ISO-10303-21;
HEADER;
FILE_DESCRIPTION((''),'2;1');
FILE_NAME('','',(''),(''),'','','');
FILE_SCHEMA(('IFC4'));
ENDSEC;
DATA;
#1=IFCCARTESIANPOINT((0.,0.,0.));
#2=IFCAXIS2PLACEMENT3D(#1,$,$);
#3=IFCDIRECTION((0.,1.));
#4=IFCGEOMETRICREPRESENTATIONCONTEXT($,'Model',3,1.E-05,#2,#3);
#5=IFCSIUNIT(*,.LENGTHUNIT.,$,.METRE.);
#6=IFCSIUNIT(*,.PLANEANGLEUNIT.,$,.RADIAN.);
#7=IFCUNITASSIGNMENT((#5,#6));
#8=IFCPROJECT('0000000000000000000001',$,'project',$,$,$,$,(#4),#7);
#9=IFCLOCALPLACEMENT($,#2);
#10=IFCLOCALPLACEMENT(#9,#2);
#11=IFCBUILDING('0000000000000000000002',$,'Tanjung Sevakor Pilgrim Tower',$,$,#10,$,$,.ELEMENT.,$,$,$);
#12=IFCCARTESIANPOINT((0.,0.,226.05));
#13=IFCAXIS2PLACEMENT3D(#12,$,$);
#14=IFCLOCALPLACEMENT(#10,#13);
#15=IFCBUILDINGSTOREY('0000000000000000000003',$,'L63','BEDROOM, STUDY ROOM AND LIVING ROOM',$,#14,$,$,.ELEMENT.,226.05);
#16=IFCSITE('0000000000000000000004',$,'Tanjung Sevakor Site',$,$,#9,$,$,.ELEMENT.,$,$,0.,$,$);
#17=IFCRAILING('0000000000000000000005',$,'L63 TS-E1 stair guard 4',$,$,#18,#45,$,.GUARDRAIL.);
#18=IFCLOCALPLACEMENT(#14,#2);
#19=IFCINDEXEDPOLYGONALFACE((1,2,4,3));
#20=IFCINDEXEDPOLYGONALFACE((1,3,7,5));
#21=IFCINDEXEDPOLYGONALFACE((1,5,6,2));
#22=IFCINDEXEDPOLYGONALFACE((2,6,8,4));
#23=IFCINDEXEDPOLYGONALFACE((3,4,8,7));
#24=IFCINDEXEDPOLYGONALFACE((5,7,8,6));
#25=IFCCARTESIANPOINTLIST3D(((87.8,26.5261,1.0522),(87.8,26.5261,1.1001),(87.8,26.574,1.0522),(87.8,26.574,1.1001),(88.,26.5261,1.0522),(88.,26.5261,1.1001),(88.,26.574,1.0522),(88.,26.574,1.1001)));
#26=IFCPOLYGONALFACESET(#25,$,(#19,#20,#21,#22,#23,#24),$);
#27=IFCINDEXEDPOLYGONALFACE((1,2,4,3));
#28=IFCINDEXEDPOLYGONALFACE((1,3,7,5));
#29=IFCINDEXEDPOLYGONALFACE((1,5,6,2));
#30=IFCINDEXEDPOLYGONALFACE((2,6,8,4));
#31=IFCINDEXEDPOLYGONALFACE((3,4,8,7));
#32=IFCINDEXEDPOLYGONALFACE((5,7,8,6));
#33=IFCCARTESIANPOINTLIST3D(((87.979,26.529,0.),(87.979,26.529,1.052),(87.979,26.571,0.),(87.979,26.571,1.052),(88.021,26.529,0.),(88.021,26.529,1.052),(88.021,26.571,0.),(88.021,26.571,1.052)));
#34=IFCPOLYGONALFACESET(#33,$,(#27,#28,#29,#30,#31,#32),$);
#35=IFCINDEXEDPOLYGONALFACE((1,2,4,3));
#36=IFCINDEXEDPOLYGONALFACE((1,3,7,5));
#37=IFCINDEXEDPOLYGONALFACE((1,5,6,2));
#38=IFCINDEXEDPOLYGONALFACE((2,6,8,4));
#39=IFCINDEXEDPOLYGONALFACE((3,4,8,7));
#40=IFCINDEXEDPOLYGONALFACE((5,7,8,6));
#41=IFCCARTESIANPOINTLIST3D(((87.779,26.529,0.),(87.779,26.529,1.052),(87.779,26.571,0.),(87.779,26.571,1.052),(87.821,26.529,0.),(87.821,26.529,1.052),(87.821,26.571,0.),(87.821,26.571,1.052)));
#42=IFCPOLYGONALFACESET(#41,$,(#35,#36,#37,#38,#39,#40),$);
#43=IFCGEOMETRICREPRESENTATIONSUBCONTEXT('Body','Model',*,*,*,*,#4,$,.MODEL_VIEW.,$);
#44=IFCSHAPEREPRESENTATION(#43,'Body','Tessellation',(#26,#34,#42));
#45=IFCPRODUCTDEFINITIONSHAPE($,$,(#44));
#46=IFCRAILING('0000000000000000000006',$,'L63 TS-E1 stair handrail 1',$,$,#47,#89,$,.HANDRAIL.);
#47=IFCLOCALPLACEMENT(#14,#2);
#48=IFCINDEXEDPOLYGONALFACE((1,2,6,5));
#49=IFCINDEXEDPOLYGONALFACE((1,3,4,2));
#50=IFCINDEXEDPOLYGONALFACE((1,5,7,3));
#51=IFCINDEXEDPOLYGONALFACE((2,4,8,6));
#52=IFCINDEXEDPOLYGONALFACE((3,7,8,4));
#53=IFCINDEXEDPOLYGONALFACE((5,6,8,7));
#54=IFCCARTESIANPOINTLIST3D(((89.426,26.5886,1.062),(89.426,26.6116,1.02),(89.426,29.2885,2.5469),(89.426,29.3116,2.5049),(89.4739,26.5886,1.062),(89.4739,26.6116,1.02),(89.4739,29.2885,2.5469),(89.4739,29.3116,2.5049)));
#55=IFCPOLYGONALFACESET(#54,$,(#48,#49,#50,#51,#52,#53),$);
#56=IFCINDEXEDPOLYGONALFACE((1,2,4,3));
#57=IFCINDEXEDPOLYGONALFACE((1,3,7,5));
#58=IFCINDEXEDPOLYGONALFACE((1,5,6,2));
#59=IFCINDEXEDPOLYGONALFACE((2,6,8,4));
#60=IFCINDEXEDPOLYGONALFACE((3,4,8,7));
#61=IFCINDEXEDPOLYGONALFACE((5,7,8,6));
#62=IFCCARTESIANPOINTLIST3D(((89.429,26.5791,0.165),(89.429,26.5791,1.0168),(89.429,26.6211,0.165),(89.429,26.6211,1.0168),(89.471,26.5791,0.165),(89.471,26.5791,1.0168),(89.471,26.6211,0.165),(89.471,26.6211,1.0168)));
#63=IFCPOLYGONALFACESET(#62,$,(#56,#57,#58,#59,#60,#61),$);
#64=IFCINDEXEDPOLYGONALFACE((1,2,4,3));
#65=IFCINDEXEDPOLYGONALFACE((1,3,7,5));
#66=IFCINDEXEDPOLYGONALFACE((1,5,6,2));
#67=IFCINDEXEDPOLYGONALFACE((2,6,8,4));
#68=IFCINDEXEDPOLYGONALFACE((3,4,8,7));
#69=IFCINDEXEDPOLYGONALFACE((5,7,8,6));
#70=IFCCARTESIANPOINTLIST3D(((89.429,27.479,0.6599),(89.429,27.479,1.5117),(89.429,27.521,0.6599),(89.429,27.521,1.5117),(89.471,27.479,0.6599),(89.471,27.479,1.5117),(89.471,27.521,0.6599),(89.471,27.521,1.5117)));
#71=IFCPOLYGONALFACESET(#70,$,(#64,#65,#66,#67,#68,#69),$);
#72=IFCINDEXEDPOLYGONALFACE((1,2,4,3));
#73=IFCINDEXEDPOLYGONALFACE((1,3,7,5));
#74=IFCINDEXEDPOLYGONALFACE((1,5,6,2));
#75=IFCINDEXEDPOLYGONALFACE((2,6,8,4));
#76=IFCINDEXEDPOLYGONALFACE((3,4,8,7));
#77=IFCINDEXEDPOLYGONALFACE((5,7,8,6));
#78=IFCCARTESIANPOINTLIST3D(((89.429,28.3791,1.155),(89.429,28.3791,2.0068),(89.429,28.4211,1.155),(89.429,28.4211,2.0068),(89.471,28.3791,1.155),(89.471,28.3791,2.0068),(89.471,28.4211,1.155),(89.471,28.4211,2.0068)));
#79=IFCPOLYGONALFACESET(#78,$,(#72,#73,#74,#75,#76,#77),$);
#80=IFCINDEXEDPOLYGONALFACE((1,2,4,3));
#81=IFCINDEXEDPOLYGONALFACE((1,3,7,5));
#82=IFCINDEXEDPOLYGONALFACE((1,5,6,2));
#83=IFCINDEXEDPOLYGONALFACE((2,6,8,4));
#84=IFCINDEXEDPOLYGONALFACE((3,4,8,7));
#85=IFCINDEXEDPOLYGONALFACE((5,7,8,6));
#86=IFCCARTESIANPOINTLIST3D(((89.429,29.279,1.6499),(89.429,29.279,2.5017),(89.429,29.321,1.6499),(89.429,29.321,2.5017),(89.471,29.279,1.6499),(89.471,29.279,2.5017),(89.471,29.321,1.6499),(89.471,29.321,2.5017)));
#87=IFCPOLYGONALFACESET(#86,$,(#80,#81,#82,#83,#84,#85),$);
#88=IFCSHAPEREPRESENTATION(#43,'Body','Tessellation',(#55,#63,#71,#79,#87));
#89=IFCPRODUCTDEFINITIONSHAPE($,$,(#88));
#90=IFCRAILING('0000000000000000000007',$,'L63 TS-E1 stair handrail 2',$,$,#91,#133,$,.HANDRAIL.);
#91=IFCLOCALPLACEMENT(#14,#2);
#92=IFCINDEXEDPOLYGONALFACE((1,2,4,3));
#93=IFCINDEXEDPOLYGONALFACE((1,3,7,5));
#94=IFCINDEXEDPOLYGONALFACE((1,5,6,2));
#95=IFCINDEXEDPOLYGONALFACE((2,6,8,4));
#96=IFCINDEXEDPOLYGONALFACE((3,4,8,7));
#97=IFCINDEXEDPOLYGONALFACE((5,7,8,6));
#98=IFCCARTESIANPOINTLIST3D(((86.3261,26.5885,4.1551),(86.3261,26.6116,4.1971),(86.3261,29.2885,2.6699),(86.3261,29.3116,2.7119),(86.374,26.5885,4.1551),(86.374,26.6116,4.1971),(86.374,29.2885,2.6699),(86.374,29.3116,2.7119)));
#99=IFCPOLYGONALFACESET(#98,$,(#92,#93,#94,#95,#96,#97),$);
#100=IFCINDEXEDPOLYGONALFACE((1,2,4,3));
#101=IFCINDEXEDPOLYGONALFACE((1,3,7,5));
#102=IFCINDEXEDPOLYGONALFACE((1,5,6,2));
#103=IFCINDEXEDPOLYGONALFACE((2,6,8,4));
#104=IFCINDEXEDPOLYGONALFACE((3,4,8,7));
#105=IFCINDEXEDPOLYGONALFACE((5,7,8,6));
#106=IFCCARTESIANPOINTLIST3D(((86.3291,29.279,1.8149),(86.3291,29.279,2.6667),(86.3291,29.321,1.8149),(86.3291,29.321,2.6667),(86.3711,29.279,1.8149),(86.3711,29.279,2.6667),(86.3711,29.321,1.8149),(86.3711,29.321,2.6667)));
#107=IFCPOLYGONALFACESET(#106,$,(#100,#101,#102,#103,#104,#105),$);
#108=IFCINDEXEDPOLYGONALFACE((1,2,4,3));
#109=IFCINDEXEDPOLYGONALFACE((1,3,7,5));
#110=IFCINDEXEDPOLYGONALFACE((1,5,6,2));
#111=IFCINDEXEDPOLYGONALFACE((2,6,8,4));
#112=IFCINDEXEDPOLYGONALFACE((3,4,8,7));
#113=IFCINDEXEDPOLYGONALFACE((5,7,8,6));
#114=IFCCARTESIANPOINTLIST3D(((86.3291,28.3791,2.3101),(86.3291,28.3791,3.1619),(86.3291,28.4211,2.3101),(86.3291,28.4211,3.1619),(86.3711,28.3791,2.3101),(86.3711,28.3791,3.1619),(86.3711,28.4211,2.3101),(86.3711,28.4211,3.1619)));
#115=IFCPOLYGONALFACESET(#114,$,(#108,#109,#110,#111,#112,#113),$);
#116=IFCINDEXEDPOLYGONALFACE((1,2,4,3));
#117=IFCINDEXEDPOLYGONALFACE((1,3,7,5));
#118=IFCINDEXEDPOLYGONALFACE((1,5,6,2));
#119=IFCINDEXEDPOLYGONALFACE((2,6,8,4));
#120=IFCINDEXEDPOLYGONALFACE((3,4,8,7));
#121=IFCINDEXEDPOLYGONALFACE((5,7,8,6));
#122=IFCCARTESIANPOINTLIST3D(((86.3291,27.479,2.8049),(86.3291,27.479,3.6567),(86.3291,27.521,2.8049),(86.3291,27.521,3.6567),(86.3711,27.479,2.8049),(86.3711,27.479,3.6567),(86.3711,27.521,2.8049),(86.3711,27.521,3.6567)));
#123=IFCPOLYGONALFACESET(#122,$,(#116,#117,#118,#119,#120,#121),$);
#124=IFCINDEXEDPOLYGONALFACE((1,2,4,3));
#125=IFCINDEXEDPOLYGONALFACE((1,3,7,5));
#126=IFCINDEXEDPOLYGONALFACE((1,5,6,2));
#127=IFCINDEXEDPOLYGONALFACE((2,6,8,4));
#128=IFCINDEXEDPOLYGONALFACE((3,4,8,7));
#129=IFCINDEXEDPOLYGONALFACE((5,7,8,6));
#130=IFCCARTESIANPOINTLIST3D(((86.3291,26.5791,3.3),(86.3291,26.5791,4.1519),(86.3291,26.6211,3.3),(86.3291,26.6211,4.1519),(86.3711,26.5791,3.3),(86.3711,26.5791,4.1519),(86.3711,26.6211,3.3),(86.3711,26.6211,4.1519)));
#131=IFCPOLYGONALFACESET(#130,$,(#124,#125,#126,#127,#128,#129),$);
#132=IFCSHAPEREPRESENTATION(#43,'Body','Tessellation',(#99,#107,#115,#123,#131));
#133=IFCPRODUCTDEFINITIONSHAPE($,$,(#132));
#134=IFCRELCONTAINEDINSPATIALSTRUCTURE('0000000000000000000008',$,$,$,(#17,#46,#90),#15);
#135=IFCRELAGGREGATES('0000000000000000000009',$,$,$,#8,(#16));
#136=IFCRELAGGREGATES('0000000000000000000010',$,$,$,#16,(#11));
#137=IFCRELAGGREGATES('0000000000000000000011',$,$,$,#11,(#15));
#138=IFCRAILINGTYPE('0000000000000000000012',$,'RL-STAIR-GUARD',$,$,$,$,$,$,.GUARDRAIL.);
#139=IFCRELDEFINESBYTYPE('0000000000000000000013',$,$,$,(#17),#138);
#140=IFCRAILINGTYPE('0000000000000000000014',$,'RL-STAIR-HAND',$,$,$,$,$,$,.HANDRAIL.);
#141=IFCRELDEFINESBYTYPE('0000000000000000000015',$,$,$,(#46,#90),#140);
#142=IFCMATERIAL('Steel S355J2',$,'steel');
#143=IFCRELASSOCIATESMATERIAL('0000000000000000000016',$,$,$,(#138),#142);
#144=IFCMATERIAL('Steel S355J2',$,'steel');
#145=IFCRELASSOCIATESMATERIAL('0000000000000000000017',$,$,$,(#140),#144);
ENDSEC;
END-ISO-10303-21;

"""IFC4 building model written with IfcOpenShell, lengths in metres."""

from ifc_helpers import new_model, si_unit, direction, frame, origin, place, context, subcontext, project, spatial, rectangle, extrude, material, type_object, element, save


model = new_model("IFC4")

# Units and contexts
model_context = context("Model", 3, precision=1e-05, world=origin(), true_north=direction((0.0, 1.0)))
body_context = subcontext(model_context, "Body", "Model", "MODEL_VIEW")
ifc_project = project(units=[si_unit("LENGTHUNIT", "METRE"), si_unit("PLANEANGLEUNIT", "RADIAN")], contexts=[model_context])

# Site, building, storey
site_placement = place(None, origin())
site = spatial("IfcSite", under=ifc_project, at=site_placement, Name="Tanjung Sevakor Site", CompositionType="ELEMENT", RefElevation=0.0)
building_placement = place(site_placement, origin())
building = spatial("IfcBuilding", under=site, at=building_placement, Name="Tanjung Sevakor Pilgrim Tower", CompositionType="ELEMENT")
storey_placement = place(building_placement, frame((0.0, 0.0, 226.05)))
storey = spatial("IfcBuildingStorey", under=building, at=storey_placement, Name="L63", Description="BEDROOM, STUDY ROOM AND LIVING ROOM", CompositionType="ELEMENT", Elevation=226.05)

# Railings
ifc_material_1 = material(Name="Steel S355J2", Category="steel")
railing_type_1 = type_object("IfcRailingType", Name="RL-STAIR-GUARD", PredefinedType="GUARDRAIL", material=ifc_material_1)
railing_1_placement = place(storey_placement, frame((88.0, 26.55, 0.0)))
element("IfcRailing", 1, at=railing_1_placement, inside=storey, type_object=railing_type_1, Name="L63 TS-E1 stair guard 4", PredefinedType="GUARDRAIL", context=body_context, shape_type="SweptSolid", body=[
    extrude(rectangle(XDim=0.0479, YDim=0.0479), frame((0.0, 0.0, 1.0762), z_axis=(-1.0, 0.0, 0.0), x_axis=(0.0, -1.0, 0.0)), (0.0, 0.0, 1.0), 0.2),
    extrude(rectangle(XDim=0.042, YDim=0.042), origin(), (0.0, 0.0, 1.0), 1.052),
    extrude(rectangle(XDim=0.042, YDim=0.042), frame((-0.2, 0.0, 0.0)), (0.0, 0.0, 1.0), 1.052),
])
ifc_material_2 = material(Name="Steel S355J2", Category="steel")
railing_type_2 = type_object("IfcRailingType", Name="RL-STAIR-HAND", PredefinedType="HANDRAIL", material=ifc_material_2)
railing_2_placement = place(storey_placement, frame((89.45, 26.6001, 0.165)))
element("IfcRailing", 2, at=railing_2_placement, inside=storey, type_object=railing_type_2, Name="L63 TS-E1 stair handrail 1", PredefinedType="HANDRAIL", context=body_context, shape_type="SweptSolid", body=[
    extrude(rectangle(XDim=0.0479, YDim=0.0479), frame((0.0, 0.0, 0.876), z_axis=(0.0, 0.876231, 0.481891), x_axis=(-1.0, 0.0, 0.0)), (0.0, 0.0, 1.0), 3.0813),
    extrude(rectangle(XDim=0.042, YDim=0.042), origin(), (0.0, 0.0, 1.0), 0.8518),
    extrude(rectangle(XDim=0.042, YDim=0.042), frame((0.0, 0.8999, 0.4949)), (0.0, 0.0, 1.0), 0.8518),
    extrude(rectangle(XDim=0.042, YDim=0.042), frame((0.0, 1.8, 0.99)), (0.0, 0.0, 1.0), 0.8518),
    extrude(rectangle(XDim=0.042, YDim=0.042), frame((0.0, 2.7, 1.4849)), (0.0, 0.0, 1.0), 0.8518),
])
railing_3_placement = place(storey_placement, frame((86.3501, 29.3, 1.8149)))
element("IfcRailing", 3, at=railing_3_placement, inside=storey, type_object=railing_type_2, Name="L63 TS-E1 stair handrail 2", PredefinedType="HANDRAIL", context=body_context, shape_type="SweptSolid", body=[
    extrude(rectangle(XDim=0.0479, YDim=0.0479), frame((0.0, 0.0, 0.876), z_axis=(0.0, -0.876198, 0.481952), x_axis=(1.0, 0.0, 0.0)), (0.0, 0.0, 1.0), 3.0815),
    extrude(rectangle(XDim=0.042, YDim=0.042), origin(), (0.0, 0.0, 1.0), 0.8518),
    extrude(rectangle(XDim=0.042, YDim=0.042), frame((0.0, -0.8999, 0.4951)), (0.0, 0.0, 1.0), 0.8518),
    extrude(rectangle(XDim=0.042, YDim=0.042), frame((0.0, -1.8, 0.99)), (0.0, 0.0, 1.0), 0.8518),
    extrude(rectangle(XDim=0.042, YDim=0.042), frame((0.0, -2.7, 1.4851)), (0.0, 0.0, 1.0), 0.8518),
])

save(model, "model.ifc")
